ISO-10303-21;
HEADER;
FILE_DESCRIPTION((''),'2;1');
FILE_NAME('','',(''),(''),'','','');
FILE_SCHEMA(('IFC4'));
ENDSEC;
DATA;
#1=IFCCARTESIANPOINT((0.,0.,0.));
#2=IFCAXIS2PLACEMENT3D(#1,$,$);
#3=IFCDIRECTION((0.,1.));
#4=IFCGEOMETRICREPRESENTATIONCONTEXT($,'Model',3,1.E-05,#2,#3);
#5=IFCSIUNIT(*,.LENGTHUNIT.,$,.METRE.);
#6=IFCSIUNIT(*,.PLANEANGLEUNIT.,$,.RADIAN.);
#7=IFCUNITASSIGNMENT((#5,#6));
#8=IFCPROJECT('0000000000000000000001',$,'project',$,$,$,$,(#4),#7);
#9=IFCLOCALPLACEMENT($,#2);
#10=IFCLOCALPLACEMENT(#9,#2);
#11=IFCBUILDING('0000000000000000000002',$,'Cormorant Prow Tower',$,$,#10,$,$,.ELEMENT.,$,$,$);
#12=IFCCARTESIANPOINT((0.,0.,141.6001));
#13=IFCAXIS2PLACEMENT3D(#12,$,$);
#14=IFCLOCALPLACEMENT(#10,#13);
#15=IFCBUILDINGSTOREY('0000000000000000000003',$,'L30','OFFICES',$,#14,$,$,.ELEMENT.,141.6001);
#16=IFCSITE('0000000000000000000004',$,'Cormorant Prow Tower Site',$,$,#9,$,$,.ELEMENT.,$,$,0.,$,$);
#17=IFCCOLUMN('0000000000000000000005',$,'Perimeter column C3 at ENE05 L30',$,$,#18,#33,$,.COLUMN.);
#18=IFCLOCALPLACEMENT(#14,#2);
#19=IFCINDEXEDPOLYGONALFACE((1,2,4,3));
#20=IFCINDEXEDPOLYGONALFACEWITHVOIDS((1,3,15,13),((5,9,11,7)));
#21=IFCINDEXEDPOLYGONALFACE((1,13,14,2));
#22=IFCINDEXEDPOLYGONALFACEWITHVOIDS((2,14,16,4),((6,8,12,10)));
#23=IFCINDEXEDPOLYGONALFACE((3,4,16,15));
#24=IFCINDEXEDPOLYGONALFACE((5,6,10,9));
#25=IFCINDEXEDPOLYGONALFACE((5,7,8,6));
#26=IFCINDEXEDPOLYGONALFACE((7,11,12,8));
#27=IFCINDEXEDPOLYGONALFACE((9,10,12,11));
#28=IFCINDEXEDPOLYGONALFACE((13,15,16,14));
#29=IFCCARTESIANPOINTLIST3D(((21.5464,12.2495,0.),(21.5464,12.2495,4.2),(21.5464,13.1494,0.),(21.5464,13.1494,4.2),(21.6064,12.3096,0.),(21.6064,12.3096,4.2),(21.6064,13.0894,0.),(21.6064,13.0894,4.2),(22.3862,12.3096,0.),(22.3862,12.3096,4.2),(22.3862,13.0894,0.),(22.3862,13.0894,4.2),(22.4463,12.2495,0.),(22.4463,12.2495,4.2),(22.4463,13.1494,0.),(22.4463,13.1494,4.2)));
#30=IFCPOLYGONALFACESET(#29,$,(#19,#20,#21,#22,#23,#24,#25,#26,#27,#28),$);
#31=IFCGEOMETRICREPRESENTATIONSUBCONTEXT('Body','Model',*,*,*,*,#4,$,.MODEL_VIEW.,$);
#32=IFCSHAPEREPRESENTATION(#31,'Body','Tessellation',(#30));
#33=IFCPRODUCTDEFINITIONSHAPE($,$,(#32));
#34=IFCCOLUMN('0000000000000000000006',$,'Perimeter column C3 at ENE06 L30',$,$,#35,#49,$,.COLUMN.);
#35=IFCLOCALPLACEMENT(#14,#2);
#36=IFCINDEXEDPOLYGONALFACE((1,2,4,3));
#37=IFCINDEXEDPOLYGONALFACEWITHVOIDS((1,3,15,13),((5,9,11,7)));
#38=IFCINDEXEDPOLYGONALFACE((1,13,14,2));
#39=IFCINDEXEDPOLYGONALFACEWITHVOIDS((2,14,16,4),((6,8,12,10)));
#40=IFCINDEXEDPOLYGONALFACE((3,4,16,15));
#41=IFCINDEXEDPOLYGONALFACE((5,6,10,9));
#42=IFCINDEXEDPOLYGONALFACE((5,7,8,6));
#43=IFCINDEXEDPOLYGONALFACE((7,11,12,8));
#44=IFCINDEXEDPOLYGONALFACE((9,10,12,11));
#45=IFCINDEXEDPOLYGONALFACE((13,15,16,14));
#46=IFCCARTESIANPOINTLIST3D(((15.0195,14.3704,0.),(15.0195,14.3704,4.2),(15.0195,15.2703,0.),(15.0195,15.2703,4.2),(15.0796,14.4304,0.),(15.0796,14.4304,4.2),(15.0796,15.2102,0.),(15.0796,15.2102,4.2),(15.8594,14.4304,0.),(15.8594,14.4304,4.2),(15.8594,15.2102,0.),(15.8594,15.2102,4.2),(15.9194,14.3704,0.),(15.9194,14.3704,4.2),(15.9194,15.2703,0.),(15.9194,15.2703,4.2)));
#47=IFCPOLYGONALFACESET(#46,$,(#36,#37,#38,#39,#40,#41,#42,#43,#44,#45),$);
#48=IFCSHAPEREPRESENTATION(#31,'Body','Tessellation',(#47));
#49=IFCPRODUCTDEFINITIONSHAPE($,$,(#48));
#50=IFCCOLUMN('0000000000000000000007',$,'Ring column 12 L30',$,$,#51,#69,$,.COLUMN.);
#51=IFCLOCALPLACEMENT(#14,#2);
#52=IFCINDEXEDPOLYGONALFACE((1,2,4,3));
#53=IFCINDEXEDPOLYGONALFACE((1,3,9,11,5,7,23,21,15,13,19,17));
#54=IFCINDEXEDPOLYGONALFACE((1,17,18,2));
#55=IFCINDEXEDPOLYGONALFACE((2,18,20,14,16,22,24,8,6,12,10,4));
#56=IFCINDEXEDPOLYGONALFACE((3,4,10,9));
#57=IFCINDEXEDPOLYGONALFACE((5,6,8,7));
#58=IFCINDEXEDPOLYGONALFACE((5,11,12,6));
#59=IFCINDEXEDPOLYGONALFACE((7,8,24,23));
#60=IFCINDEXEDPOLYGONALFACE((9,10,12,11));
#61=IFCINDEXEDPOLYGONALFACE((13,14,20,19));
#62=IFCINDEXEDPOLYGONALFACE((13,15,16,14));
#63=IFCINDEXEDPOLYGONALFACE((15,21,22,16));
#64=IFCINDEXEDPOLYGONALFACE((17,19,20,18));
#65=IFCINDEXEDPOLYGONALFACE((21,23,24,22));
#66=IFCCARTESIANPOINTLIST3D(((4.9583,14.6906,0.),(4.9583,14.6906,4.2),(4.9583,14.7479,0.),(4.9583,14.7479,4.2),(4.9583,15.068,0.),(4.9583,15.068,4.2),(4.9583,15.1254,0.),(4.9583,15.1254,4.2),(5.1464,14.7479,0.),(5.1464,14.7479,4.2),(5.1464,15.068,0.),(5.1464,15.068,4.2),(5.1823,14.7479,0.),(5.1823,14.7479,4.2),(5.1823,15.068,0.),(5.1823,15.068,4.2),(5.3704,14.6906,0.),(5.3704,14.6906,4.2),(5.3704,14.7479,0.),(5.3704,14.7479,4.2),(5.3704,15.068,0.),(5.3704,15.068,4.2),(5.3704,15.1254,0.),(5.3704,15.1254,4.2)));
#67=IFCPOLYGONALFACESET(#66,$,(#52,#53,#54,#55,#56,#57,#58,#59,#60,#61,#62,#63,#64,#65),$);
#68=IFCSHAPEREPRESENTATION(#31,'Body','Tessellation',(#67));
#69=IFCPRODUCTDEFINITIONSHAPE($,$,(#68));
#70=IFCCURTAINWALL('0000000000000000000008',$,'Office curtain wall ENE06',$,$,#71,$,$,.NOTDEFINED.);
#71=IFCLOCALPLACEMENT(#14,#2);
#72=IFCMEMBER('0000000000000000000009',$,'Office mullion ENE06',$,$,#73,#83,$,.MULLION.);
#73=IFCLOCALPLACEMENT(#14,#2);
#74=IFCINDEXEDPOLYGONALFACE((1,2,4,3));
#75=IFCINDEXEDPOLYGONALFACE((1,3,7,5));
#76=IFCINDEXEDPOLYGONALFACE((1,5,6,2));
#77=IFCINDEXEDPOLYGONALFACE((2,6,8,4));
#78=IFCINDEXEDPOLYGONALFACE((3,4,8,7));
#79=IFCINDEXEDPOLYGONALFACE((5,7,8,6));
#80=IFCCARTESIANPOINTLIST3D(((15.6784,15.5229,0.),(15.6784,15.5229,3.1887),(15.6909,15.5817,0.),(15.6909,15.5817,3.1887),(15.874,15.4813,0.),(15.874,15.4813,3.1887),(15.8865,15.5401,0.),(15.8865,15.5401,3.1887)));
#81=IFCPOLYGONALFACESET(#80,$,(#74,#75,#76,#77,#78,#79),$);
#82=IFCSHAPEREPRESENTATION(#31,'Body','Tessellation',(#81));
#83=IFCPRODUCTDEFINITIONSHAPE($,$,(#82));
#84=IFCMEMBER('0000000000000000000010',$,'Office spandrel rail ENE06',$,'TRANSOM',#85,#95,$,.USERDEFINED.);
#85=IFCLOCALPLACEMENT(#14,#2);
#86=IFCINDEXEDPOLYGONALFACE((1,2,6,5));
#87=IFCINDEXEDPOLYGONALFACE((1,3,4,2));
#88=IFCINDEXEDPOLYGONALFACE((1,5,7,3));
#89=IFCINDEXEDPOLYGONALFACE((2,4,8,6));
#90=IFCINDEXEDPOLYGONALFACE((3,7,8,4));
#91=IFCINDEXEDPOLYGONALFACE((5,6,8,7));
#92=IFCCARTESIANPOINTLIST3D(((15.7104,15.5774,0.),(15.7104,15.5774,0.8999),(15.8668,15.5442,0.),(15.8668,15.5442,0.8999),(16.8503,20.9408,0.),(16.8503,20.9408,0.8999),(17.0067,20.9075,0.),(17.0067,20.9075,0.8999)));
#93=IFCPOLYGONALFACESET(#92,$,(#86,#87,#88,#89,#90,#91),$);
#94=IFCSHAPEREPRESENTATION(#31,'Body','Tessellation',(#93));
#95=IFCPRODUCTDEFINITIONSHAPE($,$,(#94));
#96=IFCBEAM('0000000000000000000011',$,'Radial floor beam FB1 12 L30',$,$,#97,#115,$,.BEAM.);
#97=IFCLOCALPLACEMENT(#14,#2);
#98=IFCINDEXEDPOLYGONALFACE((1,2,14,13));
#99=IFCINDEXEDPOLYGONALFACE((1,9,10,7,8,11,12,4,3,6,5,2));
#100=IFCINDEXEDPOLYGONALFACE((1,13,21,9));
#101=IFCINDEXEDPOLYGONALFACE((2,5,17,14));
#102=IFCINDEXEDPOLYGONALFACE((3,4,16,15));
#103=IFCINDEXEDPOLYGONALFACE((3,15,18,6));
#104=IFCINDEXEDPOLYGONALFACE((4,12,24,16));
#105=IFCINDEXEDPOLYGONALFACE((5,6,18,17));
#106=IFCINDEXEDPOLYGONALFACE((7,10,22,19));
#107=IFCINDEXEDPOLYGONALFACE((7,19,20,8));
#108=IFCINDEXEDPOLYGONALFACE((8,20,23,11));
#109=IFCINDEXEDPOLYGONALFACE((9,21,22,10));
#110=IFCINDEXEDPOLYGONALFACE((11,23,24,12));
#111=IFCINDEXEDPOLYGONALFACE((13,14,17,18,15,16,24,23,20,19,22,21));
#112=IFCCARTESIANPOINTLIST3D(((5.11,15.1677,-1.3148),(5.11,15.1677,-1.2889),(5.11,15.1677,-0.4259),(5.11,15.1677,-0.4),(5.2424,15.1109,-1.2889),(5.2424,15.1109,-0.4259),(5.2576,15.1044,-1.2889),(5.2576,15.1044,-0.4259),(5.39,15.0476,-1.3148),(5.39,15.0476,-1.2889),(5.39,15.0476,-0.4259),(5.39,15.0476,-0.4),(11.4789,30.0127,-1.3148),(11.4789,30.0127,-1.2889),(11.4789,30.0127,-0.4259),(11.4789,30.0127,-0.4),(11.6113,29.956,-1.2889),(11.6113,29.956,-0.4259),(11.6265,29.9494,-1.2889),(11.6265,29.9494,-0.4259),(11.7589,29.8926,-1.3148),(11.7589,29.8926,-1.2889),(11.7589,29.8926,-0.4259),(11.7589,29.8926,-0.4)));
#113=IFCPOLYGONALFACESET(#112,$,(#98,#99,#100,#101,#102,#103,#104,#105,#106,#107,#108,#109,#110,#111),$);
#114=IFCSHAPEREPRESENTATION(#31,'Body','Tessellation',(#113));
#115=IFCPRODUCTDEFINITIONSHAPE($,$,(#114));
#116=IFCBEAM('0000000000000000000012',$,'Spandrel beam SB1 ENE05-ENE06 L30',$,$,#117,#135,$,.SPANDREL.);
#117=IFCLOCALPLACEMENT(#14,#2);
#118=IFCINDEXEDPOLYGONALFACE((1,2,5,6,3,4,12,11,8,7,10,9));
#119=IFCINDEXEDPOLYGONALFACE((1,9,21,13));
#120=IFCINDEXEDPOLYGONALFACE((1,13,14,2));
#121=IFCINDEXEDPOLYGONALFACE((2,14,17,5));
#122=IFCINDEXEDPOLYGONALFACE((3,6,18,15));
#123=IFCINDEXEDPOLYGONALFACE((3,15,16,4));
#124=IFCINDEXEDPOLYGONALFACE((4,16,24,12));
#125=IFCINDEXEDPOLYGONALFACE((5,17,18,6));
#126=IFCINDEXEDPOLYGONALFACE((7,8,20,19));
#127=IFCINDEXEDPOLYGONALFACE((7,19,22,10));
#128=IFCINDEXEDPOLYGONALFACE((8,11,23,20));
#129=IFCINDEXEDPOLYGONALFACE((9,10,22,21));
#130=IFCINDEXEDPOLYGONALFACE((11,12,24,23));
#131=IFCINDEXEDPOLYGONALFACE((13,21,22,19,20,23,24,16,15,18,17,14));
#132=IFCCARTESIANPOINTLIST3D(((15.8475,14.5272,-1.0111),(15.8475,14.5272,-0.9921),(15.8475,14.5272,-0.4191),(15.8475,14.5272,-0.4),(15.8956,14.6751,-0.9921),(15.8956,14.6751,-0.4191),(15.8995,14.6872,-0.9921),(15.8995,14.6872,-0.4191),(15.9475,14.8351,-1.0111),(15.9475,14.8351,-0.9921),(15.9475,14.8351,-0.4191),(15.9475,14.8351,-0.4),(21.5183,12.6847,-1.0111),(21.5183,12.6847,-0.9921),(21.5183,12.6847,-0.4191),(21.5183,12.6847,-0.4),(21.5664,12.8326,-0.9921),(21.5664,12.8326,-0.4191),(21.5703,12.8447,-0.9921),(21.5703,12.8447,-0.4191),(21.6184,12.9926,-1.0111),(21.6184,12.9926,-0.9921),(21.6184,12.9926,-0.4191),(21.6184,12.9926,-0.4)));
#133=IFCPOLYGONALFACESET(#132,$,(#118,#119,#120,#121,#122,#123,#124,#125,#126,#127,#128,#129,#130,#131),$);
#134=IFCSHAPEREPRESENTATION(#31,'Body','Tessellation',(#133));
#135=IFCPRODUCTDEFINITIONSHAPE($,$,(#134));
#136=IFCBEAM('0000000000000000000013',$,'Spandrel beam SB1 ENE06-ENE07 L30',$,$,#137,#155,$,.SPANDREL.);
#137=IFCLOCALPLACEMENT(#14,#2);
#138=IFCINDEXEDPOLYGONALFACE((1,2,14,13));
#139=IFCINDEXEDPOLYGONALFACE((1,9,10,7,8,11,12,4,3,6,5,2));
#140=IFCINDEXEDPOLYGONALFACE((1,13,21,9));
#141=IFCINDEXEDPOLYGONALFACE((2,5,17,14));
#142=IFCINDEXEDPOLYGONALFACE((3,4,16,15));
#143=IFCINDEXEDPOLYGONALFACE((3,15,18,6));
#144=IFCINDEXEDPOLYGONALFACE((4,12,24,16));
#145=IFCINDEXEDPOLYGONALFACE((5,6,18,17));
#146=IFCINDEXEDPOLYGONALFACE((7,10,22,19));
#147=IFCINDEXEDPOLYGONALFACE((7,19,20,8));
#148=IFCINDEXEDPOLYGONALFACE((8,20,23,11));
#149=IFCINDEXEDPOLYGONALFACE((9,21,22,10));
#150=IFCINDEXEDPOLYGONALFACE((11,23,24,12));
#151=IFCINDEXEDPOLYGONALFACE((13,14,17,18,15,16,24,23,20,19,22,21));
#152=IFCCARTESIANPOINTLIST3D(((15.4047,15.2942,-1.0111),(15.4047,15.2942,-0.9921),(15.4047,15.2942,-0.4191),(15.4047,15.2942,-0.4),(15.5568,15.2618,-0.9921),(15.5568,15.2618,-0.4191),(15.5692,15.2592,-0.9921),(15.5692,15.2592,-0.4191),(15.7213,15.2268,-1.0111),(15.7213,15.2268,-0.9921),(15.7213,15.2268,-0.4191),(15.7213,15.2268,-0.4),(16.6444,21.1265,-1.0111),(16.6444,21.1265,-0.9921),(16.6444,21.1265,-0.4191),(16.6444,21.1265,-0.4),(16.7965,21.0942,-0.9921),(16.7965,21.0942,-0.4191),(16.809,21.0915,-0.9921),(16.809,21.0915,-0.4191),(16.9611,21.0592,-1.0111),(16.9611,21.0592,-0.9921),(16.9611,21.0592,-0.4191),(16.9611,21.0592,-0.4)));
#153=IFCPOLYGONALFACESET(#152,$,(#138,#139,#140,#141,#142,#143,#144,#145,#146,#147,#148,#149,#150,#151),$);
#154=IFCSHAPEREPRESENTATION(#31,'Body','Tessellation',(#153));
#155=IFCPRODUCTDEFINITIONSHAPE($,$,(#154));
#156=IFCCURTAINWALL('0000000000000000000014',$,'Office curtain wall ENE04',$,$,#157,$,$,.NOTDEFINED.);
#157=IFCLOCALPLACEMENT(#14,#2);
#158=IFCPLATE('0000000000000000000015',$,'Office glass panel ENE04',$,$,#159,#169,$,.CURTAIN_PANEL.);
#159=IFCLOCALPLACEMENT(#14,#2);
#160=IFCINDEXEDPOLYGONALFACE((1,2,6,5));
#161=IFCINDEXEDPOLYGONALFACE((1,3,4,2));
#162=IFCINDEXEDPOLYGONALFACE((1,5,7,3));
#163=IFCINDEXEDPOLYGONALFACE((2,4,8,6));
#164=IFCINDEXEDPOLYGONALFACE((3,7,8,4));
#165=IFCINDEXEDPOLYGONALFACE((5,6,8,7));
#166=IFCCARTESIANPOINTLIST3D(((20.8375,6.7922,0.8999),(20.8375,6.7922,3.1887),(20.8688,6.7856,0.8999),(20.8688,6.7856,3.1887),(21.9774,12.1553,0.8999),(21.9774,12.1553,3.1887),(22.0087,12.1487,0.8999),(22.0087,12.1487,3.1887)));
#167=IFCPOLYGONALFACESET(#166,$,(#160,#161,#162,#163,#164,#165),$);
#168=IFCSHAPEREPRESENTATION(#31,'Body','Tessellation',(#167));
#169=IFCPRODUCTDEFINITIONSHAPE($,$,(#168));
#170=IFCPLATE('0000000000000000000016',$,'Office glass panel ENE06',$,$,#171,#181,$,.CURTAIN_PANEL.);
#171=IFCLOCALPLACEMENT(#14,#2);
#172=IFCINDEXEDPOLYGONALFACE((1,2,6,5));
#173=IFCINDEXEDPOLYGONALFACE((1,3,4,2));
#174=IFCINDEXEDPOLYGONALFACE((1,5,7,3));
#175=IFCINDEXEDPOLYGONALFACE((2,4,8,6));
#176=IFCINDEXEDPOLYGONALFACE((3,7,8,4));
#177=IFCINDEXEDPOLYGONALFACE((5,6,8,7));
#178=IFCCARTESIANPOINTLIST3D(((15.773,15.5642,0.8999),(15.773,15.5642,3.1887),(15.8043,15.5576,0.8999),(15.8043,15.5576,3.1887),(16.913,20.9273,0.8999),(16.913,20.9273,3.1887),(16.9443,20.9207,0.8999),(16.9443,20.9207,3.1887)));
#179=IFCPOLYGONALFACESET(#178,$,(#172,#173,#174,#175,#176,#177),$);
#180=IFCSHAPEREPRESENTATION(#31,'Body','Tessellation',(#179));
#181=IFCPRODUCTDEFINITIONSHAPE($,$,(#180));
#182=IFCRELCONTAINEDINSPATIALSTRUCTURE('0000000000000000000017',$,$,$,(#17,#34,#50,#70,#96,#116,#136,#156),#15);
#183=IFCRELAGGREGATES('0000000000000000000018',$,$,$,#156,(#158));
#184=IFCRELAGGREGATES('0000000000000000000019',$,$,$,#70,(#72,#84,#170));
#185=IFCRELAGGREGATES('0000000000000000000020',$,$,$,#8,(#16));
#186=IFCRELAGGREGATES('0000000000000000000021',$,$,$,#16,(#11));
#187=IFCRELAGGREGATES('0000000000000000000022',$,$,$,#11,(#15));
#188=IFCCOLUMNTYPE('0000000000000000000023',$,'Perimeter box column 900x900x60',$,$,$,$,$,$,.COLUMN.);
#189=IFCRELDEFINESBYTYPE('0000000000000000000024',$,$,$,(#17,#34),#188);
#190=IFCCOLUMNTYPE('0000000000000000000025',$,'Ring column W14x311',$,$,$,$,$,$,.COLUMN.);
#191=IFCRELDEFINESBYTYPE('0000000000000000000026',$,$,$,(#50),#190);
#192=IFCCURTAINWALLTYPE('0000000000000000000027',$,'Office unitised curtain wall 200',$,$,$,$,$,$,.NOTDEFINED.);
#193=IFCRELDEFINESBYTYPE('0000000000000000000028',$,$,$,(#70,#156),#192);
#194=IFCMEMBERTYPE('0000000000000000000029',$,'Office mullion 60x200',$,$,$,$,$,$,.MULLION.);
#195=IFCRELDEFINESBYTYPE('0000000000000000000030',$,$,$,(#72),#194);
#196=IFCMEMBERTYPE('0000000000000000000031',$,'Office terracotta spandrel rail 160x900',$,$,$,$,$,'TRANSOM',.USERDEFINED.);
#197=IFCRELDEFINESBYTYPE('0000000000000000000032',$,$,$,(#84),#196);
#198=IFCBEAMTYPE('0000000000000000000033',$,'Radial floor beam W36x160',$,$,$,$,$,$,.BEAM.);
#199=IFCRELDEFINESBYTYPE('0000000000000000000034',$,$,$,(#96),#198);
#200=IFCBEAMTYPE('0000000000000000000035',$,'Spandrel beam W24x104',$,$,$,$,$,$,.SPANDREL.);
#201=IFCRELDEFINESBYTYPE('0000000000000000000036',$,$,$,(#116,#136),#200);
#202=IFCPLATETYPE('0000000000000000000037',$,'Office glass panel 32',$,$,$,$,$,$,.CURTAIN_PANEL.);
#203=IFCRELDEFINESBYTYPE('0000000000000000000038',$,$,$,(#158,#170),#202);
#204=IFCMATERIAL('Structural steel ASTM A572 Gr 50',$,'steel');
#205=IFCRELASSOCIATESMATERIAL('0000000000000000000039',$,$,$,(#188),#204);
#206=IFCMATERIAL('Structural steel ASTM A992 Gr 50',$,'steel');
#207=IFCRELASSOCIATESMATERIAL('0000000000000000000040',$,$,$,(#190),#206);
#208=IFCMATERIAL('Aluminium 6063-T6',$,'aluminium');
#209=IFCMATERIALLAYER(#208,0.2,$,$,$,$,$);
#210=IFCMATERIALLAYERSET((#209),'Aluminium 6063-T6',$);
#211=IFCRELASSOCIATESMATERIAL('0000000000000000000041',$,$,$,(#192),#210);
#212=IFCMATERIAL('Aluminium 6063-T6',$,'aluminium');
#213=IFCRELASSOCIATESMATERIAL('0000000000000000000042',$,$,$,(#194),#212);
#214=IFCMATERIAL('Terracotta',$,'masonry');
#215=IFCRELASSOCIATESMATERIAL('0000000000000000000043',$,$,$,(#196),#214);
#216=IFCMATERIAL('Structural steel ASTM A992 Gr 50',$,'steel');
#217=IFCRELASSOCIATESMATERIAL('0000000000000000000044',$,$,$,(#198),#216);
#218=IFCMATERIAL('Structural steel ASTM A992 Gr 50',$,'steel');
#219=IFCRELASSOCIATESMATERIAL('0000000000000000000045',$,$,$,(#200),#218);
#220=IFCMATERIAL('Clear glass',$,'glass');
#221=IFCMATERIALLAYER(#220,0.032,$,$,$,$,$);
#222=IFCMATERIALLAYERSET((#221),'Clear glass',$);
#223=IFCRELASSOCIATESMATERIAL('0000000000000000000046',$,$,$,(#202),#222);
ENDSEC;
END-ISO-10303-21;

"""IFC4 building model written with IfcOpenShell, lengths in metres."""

from ifc_helpers import new_model, si_unit, direction, frame, origin, origin_2d, place, context, subcontext, project, spatial, rectangle, hollow_rectangle, i_section, extrude, material, layer, layer_set, material_profile, profile_set, type_object, element, aggregate, save


model = new_model("IFC4")

# Units and contexts
model_context = context("Model", 3, precision=1e-05, world=origin(), true_north=direction((0.0, 1.0)))
body_context = subcontext(model_context, "Body", "Model", "MODEL_VIEW")
ifc_project = project(units=[si_unit("LENGTHUNIT", "METRE"), si_unit("PLANEANGLEUNIT", "RADIAN")], contexts=[model_context])

# Site, building, storey
site_placement = place(None, origin())
site = spatial("IfcSite", under=ifc_project, at=site_placement, Name="Cormorant Prow Tower Site", CompositionType="ELEMENT", RefElevation=0.0)
building_placement = place(site_placement, origin())
building = spatial("IfcBuilding", under=site, at=building_placement, Name="Cormorant Prow Tower", CompositionType="ELEMENT")
storey_placement = place(building_placement, frame((0.0, 0.0, 141.6001)))
storey = spatial("IfcBuildingStorey", under=building, at=storey_placement, Name="L30", Description="OFFICES", CompositionType="ELEMENT", Elevation=141.6001)

# Columns
ifc_material_1 = material(Name="Structural steel ASTM A572 Gr 50", Category="steel")
ifc_material_profile_1 = material_profile(ifc_material_1, hollow_rectangle(XDim=0.8999, YDim=0.8999, WallThickness=0.0601, at=origin_2d()), Name="Box 900x900x60")
ifc_profile_set_1 = profile_set([ifc_material_profile_1], Name="Structural steel ASTM A572 Gr 50")
column_type_1 = type_object("IfcColumnType", Name="Perimeter box column 900x900x60", PredefinedType="COLUMN", material=ifc_profile_set_1)
for number, where, z_axis, x_axis, name in (
    (1, (21.9963, 12.6995, 0.0), (0.0, 0.0, 1.0), (1.0, 0.0, 0.0), "Perimeter column C3 at ENE05 L30"),
    (2, (15.4695, 14.8203, 0.0), (0.0, 0.0, 1.0), (1.0, 0.0, 0.0), "Perimeter column C3 at ENE06 L30"),
):
    element("IfcColumn", number, at=place(storey_placement, frame(where, z_axis=z_axis, x_axis=x_axis)), inside=storey, type_object=column_type_1, Name=name, PredefinedType="COLUMN", context=body_context, shape_type="SweptSolid", body=[
        extrude(hollow_rectangle(XDim=0.8999, YDim=0.8999, WallThickness=0.0601, at=origin_2d()), origin(), (0.0, 0.0, 1.0), 4.2),
    ])
ifc_material_2 = material(Name="Structural steel ASTM A992 Gr 50", Category="steel")
ifc_material_profile_2 = material_profile(ifc_material_2, i_section(OverallWidth=0.4121, OverallDepth=0.4348, WebThickness=0.0359, FlangeThickness=0.0574, at=origin_2d()), Name="W14x311")
ifc_profile_set_2 = profile_set([ifc_material_profile_2], Name="Structural steel ASTM A992 Gr 50")
column_type_2 = type_object("IfcColumnType", Name="Ring column W14x311", PredefinedType="COLUMN", material=ifc_profile_set_2)
column_placement = place(storey_placement, frame((5.1643, 14.908, 0.0), z_axis=(0.0, 0.0, 1.0), x_axis=(1.0, 0.0, 0.0)))
element("IfcColumn", 3, at=column_placement, inside=storey, type_object=column_type_2, Name="Ring column 12 L30", PredefinedType="COLUMN", context=body_context, shape_type="SweptSolid", body=[
    extrude(i_section(OverallWidth=0.4121, OverallDepth=0.4348, WebThickness=0.0359, FlangeThickness=0.0574, at=origin_2d()), origin(), (0.0, 0.0, 1.0), 4.2),
])

# Curtain wall, members
ifc_material_3 = material(Name="Aluminium 6063-T6", Category="aluminium")
ifc_layer_1 = layer(ifc_material_3, 0.2)
ifc_layer_set_1 = layer_set([ifc_layer_1], Name="Aluminium 6063-T6")
curtain_wall_type = type_object("IfcCurtainWallType", Name="Office unitised curtain wall 200", PredefinedType="NOTDEFINED", material=ifc_layer_set_1)
curtain_wall_1_placement = place(storey_placement, origin())
curtain_wall_1 = element("IfcCurtainWall", 4, at=curtain_wall_1_placement, inside=storey, type_object=curtain_wall_type, Name="Office curtain wall ENE06", PredefinedType="NOTDEFINED")
ifc_material_4 = material(Name="Aluminium 6063-T6", Category="aluminium")
ifc_material_profile_3 = material_profile(ifc_material_4, rectangle(XDim=0.2, YDim=0.0601, at=origin_2d()), Name="Office mullion 60x200")
ifc_profile_set_3 = profile_set([ifc_material_profile_3], Name="Aluminium 6063-T6")
member_type_1 = type_object("IfcMemberType", Name="Office mullion 60x200", PredefinedType="MULLION", material=ifc_profile_set_3)
member_1_placement = place(storey_placement, frame((15.7825, 15.5315, 0.0), z_axis=(0.0, 0.0, 1.0), x_axis=(-0.978148, 0.207912, 0.0)))
member_1 = element("IfcMember", 5, at=member_1_placement, type_object=member_type_1, Name="Office mullion ENE06", PredefinedType="MULLION", context=body_context, shape_type="SweptSolid", body=[
    extrude(rectangle(XDim=0.2, YDim=0.0601, at=origin_2d()), origin(), (0.0, 0.0, 1.0), 3.1887),
])
ifc_material_5 = material(Name="Terracotta", Category="masonry")
ifc_material_profile_4 = material_profile(ifc_material_5, rectangle(XDim=0.1599, YDim=0.8999, at=origin_2d()), Name="Office terracotta spandrel rail 160x900")
ifc_profile_set_4 = profile_set([ifc_material_profile_4], Name="Terracotta")
member_type_2 = type_object("IfcMemberType", Name="Office terracotta spandrel rail 160x900", ElementType="TRANSOM", PredefinedType="USERDEFINED", material=ifc_profile_set_4)
member_2_placement = place(storey_placement, frame((15.7886, 15.5608, 0.45), z_axis=(0.207893, 0.978152, 0.0), x_axis=(-0.978152, 0.207893, 0.0)))
member_2 = element("IfcMember", 6, at=member_2_placement, type_object=member_type_2, Name="Office spandrel rail ENE06", ObjectType="TRANSOM", PredefinedType="USERDEFINED", context=body_context, shape_type="SweptSolid", body=[
    extrude(rectangle(XDim=0.1599, YDim=0.8999, at=origin_2d()), origin(), (0.0, 0.0, 1.0), 5.4832),
])

# Beams
ifc_material_6 = material(Name="Structural steel ASTM A992 Gr 50", Category="steel")
ifc_material_profile_5 = material_profile(ifc_material_6, i_section(OverallWidth=0.3047, OverallDepth=0.9148, WebThickness=0.0166, FlangeThickness=0.0259, at=origin_2d()), Name="W36x160")
ifc_profile_set_5 = profile_set([ifc_material_profile_5], Name="Structural steel ASTM A992 Gr 50")
beam_type_1 = type_object("IfcBeamType", Name="Radial floor beam W36x160", PredefinedType="BEAM", material=ifc_profile_set_5)
beam_placement = place(storey_placement, frame((5.25, 15.1077, -0.8574), z_axis=(0.394273, 0.918993, 0.0), x_axis=(-0.918993, 0.394273, 0.0)))
element("IfcBeam", 7, at=beam_placement, inside=storey, type_object=beam_type_1, Name="Radial floor beam FB1 12 L30", PredefinedType="BEAM", context=body_context, shape_type="SweptSolid", body=[
    extrude(i_section(OverallWidth=0.3047, OverallDepth=0.9148, WebThickness=0.0166, FlangeThickness=0.0259, at=origin_2d()), origin(), (0.0, 0.0, 1.0), 16.1536),
])
ifc_material_7 = material(Name="Structural steel ASTM A992 Gr 50", Category="steel")
ifc_material_profile_6 = material_profile(ifc_material_7, i_section(OverallWidth=0.3237, OverallDepth=0.6111, WebThickness=0.0127, FlangeThickness=0.019, at=origin_2d()), Name="W24x104")
ifc_profile_set_6 = profile_set([ifc_material_profile_6], Name="Structural steel ASTM A992 Gr 50")
beam_type_2 = type_object("IfcBeamType", Name="Spandrel beam W24x104", PredefinedType="SPANDREL", material=ifc_profile_set_6)
for number, where, z_axis, x_axis, name in (
    (8, (21.5684, 12.8386, -0.7056), (-0.951059, 0.309008, 0.0), (-0.309008, -0.951059, 0.0), "Spandrel beam SB1 ENE05-ENE06 L30"),
    (9, (15.563, 15.2605, -0.7056), (0.207921, 0.978146, 0.0), (-0.978146, 0.207921, 0.0), "Spandrel beam SB1 ENE06-ENE07 L30"),
):
    element("IfcBeam", number, at=place(storey_placement, frame(where, z_axis=z_axis, x_axis=x_axis)), inside=storey, type_object=beam_type_2, Name=name, PredefinedType="SPANDREL", context=body_context, shape_type="SweptSolid", body=[
        extrude(i_section(OverallWidth=0.3237, OverallDepth=0.6111, WebThickness=0.0127, FlangeThickness=0.019, at=origin_2d()), origin(), (0.0, 0.0, 1.0), 5.9626),
    ])

# Curtain wall, plate
curtain_wall_2_placement = place(storey_placement, origin())
curtain_wall_2 = element("IfcCurtainWall", 10, at=curtain_wall_2_placement, inside=storey, type_object=curtain_wall_type, Name="Office curtain wall ENE04", PredefinedType="NOTDEFINED")
ifc_material_8 = material(Name="Clear glass", Category="glass")
ifc_layer_2 = layer(ifc_material_8, 0.032)
ifc_layer_set_2 = layer_set([ifc_layer_2], Name="Clear glass")
plate_type = type_object("IfcPlateType", Name="Office glass panel 32", PredefinedType="CURTAIN_PANEL", material=ifc_layer_set_2)
plate_1_placement = place(storey_placement, frame((21.4231, 9.4705, 0.8999), z_axis=(0.0, 0.0, 1.0), x_axis=(0.207912, 0.978148, 0.0)))
plate_1 = element("IfcPlate", 11, at=plate_1_placement, type_object=plate_type, Name="Office glass panel ENE04", PredefinedType="CURTAIN_PANEL", context=body_context, shape_type="SweptSolid", body=[
    extrude(rectangle(XDim=5.4829, YDim=0.032, at=origin_2d()), origin(), (0.0, 0.0, 1.0), 2.2888),
])
aggregate(curtain_wall_2, [plate_1])

# Plate
plate_2_placement = place(storey_placement, frame((16.3586, 18.2424, 0.8999), z_axis=(0.0, 0.0, 1.0), x_axis=(0.207912, 0.978148, 0.0)))
plate_2 = element("IfcPlate", 12, at=plate_2_placement, type_object=plate_type, Name="Office glass panel ENE06", PredefinedType="CURTAIN_PANEL", context=body_context, shape_type="SweptSolid", body=[
    extrude(rectangle(XDim=5.4829, YDim=0.032, at=origin_2d()), origin(), (0.0, 0.0, 1.0), 2.2888),
])
aggregate(curtain_wall_1, [member_1, member_2, plate_2])

save(model, "model.ifc")
